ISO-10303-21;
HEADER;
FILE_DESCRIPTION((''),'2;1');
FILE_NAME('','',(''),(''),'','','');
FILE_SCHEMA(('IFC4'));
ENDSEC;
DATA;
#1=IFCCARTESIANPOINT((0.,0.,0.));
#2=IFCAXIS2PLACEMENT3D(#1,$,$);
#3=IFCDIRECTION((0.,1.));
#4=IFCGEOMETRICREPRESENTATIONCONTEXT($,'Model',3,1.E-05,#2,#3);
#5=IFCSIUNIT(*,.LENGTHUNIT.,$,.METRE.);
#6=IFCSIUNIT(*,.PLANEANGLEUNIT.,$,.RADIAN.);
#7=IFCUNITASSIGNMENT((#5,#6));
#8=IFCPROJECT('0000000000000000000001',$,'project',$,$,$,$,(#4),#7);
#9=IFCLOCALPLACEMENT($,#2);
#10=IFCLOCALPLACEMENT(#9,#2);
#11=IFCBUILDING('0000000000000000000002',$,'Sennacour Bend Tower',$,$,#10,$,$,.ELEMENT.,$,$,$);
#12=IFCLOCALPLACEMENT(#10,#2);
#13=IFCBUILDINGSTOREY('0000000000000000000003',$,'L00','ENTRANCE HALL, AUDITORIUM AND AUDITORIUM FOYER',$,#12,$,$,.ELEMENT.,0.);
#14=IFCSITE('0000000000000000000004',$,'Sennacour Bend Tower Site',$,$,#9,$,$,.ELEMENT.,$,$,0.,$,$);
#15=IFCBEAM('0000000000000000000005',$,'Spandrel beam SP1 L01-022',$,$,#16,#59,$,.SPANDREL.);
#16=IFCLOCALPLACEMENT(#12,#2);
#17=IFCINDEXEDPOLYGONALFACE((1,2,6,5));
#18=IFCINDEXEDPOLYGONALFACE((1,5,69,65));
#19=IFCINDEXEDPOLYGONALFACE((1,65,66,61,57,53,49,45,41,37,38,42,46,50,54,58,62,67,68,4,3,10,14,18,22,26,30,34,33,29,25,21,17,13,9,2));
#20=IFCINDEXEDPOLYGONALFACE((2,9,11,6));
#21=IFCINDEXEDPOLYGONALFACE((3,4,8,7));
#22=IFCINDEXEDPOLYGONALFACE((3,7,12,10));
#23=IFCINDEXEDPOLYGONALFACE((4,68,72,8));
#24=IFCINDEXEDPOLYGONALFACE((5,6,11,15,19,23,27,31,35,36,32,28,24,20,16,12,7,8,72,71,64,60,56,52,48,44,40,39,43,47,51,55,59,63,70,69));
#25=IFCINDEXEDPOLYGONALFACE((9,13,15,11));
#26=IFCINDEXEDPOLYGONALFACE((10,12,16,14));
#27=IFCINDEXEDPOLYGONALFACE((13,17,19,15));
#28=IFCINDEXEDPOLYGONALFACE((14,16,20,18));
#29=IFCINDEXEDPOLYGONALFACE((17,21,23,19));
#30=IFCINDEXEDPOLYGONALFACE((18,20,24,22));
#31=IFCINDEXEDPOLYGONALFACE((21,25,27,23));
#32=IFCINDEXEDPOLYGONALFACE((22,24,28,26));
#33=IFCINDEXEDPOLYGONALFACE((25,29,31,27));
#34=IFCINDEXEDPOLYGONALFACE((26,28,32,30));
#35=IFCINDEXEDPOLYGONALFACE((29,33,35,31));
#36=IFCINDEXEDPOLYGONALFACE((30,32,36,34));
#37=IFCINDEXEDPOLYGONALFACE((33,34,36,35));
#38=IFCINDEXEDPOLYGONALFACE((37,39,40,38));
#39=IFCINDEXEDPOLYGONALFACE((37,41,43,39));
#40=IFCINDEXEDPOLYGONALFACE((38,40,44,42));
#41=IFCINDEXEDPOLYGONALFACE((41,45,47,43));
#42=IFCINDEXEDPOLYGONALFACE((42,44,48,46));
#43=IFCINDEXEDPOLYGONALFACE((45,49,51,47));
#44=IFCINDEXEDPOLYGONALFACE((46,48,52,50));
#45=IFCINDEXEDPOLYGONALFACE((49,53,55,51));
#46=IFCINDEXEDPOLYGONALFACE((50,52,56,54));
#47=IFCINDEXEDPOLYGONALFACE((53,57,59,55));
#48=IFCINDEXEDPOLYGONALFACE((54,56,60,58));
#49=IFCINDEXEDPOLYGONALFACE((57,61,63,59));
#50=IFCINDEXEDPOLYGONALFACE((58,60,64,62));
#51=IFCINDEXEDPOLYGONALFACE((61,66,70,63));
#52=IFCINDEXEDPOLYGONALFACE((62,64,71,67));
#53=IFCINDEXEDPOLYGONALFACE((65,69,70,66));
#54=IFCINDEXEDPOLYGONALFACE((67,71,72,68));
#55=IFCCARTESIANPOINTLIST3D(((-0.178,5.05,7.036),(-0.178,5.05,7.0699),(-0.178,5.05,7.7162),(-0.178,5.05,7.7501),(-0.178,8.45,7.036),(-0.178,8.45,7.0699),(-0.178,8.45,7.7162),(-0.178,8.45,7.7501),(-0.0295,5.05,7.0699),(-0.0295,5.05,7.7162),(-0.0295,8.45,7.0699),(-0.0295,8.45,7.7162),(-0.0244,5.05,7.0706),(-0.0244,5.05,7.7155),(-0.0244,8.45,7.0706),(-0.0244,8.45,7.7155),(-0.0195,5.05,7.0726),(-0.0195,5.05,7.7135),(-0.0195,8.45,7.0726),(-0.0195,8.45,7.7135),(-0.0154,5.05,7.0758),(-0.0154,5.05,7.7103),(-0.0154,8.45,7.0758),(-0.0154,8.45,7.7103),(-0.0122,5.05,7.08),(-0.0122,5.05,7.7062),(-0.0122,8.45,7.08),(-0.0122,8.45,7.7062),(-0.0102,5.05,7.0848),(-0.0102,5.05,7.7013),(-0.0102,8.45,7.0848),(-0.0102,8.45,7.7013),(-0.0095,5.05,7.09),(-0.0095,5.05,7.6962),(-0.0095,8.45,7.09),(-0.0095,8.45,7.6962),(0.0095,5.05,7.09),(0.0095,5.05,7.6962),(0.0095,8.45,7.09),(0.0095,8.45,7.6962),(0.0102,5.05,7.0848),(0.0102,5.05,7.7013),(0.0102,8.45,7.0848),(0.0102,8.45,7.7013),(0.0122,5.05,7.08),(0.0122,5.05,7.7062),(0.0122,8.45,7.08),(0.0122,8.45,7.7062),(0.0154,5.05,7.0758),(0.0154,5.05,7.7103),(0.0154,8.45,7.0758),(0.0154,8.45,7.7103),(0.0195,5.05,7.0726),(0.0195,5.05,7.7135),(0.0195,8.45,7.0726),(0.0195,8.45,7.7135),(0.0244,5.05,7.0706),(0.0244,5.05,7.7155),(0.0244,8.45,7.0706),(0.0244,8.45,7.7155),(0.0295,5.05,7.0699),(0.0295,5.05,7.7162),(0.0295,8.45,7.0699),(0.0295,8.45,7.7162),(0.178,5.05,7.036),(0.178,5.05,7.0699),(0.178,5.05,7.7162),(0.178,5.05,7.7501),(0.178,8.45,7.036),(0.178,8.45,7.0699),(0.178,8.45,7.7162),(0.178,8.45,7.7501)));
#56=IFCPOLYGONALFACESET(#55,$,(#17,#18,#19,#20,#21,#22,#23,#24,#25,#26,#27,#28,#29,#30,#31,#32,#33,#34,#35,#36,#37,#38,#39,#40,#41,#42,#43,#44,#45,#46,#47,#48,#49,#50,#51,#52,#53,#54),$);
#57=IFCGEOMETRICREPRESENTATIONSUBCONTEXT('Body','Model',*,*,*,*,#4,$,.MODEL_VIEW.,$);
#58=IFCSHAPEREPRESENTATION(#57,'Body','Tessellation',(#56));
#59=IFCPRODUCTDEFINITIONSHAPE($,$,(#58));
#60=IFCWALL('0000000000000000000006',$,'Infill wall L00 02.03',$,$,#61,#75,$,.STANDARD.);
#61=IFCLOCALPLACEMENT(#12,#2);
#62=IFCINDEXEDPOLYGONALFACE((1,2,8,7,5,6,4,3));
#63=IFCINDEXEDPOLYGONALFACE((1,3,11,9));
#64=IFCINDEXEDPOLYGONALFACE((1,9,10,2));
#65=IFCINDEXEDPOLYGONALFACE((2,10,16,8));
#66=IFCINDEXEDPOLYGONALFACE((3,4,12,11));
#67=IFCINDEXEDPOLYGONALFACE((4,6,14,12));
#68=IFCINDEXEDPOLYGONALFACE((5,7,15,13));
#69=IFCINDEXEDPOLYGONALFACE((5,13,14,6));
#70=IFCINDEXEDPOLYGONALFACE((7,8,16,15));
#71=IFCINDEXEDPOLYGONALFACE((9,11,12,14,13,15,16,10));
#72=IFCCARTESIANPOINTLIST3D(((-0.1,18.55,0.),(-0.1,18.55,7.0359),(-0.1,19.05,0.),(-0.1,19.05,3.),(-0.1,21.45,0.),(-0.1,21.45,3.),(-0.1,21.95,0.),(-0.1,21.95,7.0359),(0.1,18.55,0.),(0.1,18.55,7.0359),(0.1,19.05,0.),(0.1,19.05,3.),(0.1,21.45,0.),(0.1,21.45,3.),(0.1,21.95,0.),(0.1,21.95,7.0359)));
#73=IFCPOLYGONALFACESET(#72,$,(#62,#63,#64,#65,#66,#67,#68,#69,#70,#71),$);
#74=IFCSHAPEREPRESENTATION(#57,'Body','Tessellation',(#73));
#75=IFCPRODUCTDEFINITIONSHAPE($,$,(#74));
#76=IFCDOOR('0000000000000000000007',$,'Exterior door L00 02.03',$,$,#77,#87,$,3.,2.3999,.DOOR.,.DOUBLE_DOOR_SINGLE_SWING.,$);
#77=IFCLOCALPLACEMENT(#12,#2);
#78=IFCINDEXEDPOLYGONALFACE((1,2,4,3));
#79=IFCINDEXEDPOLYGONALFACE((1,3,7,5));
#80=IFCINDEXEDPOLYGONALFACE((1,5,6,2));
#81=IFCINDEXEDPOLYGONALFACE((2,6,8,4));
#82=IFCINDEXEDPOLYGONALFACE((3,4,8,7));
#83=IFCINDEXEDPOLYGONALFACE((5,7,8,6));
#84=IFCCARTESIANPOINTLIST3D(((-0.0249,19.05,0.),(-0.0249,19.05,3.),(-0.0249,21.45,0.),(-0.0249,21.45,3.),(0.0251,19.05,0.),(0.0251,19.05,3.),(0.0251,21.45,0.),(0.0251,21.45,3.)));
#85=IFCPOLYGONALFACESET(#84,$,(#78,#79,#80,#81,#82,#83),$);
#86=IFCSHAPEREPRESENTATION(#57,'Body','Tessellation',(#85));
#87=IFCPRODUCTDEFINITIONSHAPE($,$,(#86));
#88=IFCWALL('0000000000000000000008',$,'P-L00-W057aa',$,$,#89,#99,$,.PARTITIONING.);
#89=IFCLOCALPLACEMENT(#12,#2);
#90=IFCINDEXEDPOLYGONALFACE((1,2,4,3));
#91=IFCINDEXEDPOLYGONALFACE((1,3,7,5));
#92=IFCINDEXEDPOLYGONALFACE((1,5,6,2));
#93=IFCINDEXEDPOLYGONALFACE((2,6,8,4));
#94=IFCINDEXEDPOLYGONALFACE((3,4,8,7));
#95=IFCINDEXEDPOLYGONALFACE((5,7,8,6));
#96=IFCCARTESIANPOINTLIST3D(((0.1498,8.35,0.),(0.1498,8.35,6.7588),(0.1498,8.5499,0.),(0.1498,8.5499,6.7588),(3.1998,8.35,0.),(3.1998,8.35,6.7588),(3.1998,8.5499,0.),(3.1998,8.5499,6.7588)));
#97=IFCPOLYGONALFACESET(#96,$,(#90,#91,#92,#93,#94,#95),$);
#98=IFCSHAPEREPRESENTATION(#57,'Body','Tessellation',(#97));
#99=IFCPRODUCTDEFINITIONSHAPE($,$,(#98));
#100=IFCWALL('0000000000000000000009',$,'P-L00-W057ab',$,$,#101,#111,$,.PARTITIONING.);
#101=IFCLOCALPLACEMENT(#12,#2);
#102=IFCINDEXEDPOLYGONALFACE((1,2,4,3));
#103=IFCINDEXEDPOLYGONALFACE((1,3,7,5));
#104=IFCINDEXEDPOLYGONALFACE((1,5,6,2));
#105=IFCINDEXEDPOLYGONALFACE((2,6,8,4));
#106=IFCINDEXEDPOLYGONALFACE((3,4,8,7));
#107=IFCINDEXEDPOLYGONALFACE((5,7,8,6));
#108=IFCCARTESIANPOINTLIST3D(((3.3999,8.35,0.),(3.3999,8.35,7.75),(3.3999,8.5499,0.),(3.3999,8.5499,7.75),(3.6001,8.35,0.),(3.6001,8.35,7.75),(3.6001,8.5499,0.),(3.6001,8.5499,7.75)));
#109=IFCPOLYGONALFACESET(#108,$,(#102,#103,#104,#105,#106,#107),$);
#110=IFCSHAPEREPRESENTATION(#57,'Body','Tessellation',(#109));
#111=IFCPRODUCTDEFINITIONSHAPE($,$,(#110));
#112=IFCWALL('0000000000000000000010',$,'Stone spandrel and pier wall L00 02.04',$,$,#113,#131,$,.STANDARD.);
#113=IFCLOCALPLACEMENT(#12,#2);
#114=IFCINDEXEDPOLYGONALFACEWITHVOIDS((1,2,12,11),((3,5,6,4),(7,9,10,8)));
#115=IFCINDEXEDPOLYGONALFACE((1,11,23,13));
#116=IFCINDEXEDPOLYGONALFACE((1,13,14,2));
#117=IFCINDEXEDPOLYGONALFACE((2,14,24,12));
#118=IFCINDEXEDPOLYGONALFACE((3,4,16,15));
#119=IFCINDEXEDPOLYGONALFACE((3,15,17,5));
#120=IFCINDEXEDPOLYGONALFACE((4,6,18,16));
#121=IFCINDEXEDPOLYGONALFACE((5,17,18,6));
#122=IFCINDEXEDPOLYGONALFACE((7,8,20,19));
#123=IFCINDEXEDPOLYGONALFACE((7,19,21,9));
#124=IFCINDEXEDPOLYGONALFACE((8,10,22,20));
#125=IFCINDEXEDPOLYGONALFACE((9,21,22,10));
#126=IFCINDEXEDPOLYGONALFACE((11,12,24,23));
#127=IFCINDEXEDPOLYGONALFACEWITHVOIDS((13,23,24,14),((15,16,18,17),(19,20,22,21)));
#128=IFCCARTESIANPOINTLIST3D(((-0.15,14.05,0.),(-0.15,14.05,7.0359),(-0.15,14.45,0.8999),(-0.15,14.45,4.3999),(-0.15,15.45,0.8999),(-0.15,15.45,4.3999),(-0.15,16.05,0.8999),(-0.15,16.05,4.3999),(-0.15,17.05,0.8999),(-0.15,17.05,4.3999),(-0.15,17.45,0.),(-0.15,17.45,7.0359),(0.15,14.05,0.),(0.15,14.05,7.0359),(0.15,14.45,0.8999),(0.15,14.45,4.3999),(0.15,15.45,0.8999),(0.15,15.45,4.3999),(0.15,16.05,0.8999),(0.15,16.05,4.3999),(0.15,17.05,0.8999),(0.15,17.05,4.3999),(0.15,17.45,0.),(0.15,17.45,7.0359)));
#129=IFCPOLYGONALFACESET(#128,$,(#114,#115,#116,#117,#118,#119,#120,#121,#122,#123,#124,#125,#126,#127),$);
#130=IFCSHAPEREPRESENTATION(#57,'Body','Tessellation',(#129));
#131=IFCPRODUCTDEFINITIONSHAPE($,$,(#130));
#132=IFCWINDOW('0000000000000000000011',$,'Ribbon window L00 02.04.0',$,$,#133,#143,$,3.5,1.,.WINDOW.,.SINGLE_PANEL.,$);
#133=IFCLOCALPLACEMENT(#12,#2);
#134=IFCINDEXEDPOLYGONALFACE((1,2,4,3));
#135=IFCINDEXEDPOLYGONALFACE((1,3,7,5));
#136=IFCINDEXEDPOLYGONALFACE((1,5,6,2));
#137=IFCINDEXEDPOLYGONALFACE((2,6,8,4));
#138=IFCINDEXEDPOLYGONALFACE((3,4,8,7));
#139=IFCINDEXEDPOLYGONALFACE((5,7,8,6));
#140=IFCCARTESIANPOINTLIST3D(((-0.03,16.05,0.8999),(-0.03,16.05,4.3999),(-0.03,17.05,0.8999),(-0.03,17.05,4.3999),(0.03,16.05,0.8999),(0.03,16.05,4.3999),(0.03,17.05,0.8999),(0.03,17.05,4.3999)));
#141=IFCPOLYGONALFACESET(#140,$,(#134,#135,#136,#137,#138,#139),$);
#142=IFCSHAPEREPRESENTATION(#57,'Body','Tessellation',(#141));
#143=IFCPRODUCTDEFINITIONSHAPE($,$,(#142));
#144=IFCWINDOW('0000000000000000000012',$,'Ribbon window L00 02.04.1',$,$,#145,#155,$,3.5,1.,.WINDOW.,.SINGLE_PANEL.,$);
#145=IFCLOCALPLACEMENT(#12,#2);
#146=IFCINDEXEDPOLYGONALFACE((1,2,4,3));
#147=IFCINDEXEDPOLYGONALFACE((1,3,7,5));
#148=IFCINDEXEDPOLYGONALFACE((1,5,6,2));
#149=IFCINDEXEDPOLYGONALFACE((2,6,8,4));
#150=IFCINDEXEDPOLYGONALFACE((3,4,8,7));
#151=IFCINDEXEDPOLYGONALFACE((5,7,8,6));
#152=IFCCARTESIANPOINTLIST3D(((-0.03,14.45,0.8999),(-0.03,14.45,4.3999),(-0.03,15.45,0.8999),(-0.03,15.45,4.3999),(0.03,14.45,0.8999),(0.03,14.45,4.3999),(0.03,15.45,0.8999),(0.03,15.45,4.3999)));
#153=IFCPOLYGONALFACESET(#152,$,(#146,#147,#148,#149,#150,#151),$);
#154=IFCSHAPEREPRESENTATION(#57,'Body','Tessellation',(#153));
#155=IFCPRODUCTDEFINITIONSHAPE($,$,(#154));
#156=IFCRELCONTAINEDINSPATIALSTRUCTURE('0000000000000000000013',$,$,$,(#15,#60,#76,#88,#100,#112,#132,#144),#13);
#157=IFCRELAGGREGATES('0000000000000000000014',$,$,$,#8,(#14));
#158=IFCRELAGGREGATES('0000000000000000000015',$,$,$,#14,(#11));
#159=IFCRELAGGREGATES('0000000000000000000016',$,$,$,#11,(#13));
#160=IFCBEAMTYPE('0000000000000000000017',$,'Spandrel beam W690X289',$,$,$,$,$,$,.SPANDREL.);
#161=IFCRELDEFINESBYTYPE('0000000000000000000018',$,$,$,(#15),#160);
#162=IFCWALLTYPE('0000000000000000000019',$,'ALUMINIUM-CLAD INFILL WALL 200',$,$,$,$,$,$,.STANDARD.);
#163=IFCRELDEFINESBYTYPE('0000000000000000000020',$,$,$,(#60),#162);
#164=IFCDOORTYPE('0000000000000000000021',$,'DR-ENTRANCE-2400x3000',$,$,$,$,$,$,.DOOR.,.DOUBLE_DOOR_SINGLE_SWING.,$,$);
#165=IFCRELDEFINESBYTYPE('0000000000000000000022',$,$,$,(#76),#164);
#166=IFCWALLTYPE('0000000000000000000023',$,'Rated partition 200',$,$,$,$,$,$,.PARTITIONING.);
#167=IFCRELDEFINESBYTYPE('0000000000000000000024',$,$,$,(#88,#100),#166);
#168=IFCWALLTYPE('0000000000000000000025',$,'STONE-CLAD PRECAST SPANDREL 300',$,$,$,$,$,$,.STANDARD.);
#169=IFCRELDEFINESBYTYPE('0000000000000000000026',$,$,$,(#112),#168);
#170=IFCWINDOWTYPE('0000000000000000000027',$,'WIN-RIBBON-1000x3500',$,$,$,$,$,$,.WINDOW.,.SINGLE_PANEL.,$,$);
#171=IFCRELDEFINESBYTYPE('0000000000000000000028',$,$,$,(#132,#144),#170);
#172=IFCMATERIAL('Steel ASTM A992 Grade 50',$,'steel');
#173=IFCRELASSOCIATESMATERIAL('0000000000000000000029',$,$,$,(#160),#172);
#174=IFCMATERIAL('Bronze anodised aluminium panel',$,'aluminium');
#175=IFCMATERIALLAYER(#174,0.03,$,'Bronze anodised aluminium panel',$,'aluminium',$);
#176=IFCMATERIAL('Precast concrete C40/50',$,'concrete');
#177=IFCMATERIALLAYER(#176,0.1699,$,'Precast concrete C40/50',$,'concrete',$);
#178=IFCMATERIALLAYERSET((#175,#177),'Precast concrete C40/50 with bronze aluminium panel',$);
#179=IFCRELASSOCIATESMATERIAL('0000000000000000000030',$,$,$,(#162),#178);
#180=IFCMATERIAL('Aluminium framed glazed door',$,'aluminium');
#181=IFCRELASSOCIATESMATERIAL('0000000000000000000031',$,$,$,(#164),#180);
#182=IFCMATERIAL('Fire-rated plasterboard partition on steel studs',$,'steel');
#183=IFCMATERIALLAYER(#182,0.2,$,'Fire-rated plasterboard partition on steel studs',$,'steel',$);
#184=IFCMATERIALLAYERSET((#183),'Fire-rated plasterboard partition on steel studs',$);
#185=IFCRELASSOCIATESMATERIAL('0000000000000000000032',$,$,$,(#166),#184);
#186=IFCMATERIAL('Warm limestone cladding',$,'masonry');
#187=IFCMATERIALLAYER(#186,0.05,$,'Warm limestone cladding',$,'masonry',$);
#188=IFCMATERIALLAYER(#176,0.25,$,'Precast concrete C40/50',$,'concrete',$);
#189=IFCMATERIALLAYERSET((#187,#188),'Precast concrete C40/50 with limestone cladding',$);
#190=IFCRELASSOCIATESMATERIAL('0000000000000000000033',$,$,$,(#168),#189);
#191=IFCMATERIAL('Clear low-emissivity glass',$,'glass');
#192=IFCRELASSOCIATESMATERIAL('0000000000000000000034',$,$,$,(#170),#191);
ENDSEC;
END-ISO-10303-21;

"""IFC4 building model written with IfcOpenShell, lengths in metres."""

from ifc_helpers import new_model, si_unit, direction, frame, frame_2d, origin, origin_2d, place, context, subcontext, project, spatial, rectangle, i_section, extrude, material, layer, layer_set, material_profile, profile_set, type_object, element, fill, save


model = new_model("IFC4")

# Units and contexts
model_context = context("Model", 3, precision=1e-05, world=origin(), true_north=direction((0.0, 1.0)))
body_context = subcontext(model_context, "Body", "Model", "MODEL_VIEW")
ifc_project = project(units=[si_unit("LENGTHUNIT", "METRE"), si_unit("PLANEANGLEUNIT", "RADIAN")], contexts=[model_context])

# Site, building, storey
site_placement = place(None, origin())
site = spatial("IfcSite", under=ifc_project, at=site_placement, Name="Sennacour Bend Tower Site", CompositionType="ELEMENT", RefElevation=0.0)
building_placement = place(site_placement, origin())
building = spatial("IfcBuilding", under=site, at=building_placement, Name="Sennacour Bend Tower", CompositionType="ELEMENT")
storey_placement = place(building_placement, origin())
storey = spatial("IfcBuildingStorey", under=building, at=storey_placement, Name="L00", Description="ENTRANCE HALL, AUDITORIUM AND AUDITORIUM FOYER", CompositionType="ELEMENT", Elevation=0.0)

# Beam
ifc_material_1 = material(Name="Steel ASTM A992 Grade 50", Category="steel")
ifc_material_profile_1 = material_profile(ifc_material_1, i_section(OverallWidth=0.356, OverallDepth=0.7141, WebThickness=0.019, FlangeThickness=0.0339, FilletRadius=0.02, at=origin_2d()), Name="Steel ASTM A992 Grade 50", Category="steel")
ifc_profile_set_1 = profile_set([ifc_material_profile_1], Name="Steel ASTM A992 Grade 50")
beam_type_1 = type_object("IfcBeamType", Name="Spandrel beam W690X289", PredefinedType="SPANDREL", material=ifc_profile_set_1)
for number, where, z_axis, x_axis, name in (
    (1, (0.0, 8.45, 7.3931), (0.0, -1.0, 0.0), (1.0, 0.0, 0.0), "Spandrel beam SP1 L01-022"),
):
    element("IfcBeam", number, at=place(storey_placement, frame(where, z_axis=z_axis, x_axis=x_axis)), inside=storey, type_object=beam_type_1, Name=name, PredefinedType="SPANDREL", context=body_context, shape_type="SweptSolid", body=[
        extrude(i_section(OverallWidth=0.356, OverallDepth=0.7141, WebThickness=0.019, FlangeThickness=0.0339, FilletRadius=0.02, at=origin_2d()), origin(), (0.0, 0.0, 1.0), 3.3999),
    ])

# Wall, opening, door
ifc_material_2 = material(Name="Bronze anodised aluminium panel", Category="aluminium")
ifc_layer_1 = layer(ifc_material_2, 0.03, Name="Bronze anodised aluminium panel", Category="aluminium")
ifc_material_3 = material(Name="Precast concrete C40/50", Category="concrete")
ifc_layer_2 = layer(ifc_material_3, 0.1699, Name="Precast concrete C40/50", Category="concrete")
ifc_layer_set_1 = layer_set([ifc_layer_1, ifc_layer_2], Name="Precast concrete C40/50 with bronze aluminium panel")
wall_type_1 = type_object("IfcWallType", Name="ALUMINIUM-CLAD INFILL WALL 200", PredefinedType="STANDARD", material=ifc_layer_set_1)
wall_1_placement = place(storey_placement, frame((0.0, 18.55, 0.0), z_axis=(0.0, 0.0, 1.0), x_axis=(0.0, 1.0, 0.0)))
wall_1 = element("IfcWall", 2, at=wall_1_placement, inside=storey, type_object=wall_type_1, Name="Infill wall L00 02.03", PredefinedType="STANDARD", context=body_context, shape_type="SweptSolid", body=[
    extrude(rectangle(XDim=3.3999, YDim=0.2, at=frame_2d((1.7, 0.0))), origin(), (0.0, 0.0, 1.0), 7.0359),
])
opening_1_placement = place(wall_1_placement, frame((0.5, 0.0, 0.0)))
opening_1 = element("IfcOpeningElement", 3, at=opening_1_placement, cuts=wall_1, PredefinedType="OPENING", context=body_context, shape_type="SweptSolid", body=[
    extrude(rectangle(XDim=2.3999, YDim=3.0, at=frame_2d((1.2, 1.5))), frame((0.0, 0.1099, 0.0), z_axis=(0.0, -1.0, 0.0), x_axis=(1.0, 0.0, 0.0)), (0.0, 0.0, 1.0), 0.22),
])
ifc_material_4 = material(Name="Aluminium framed glazed door", Category="aluminium")
door_type_1 = type_object("IfcDoorType", Name="DR-ENTRANCE-2400x3000", OperationType="DOUBLE_DOOR_SINGLE_SWING", PredefinedType="DOOR", material=ifc_material_4)
door_1_placement = place(opening_1_placement, origin())
door_1 = element("IfcDoor", 4, at=door_1_placement, inside=storey, type_object=door_type_1, Name="Exterior door L00 02.03", OperationType="DOUBLE_DOOR_SINGLE_SWING", OverallHeight=3.0, OverallWidth=2.3999, PredefinedType="DOOR", context=body_context, shape_type="SweptSolid", body=[
    extrude(rectangle(XDim=2.3999, YDim=3.0, at=frame_2d((1.2, 1.5))), frame((0.0, 0.0249, 0.0), z_axis=(0.0, -1.0, 0.0), x_axis=(1.0, 0.0, 0.0)), (0.0, 0.0, 1.0), 0.05),
])
fill(opening_1, door_1)

# Walls
ifc_material_5 = material(Name="Fire-rated plasterboard partition on steel studs", Category="steel")
ifc_layer_3 = layer(ifc_material_5, 0.2, Name="Fire-rated plasterboard partition on steel studs", Category="steel")
ifc_layer_set_2 = layer_set([ifc_layer_3], Name="Fire-rated plasterboard partition on steel studs")
wall_type_2 = type_object("IfcWallType", Name="Rated partition 200", PredefinedType="PARTITIONING", material=ifc_layer_set_2)
wall_2_placement = place(storey_placement, frame((0.1499, 8.45, 0.0), z_axis=(0.0, 0.0, 1.0), x_axis=(1.0, 0.0, 0.0)))
element("IfcWall", 5, at=wall_2_placement, inside=storey, type_object=wall_type_2, Name="P-L00-W057aa", PredefinedType="PARTITIONING", context=body_context, shape_type="SweptSolid", body=[
    extrude(rectangle(XDim=3.05, YDim=0.2, at=frame_2d((1.5249, 0.0))), origin(), (0.0, 0.0, 1.0), 6.7588),
])
wall_3_placement = place(storey_placement, frame((3.3999, 8.45, 0.0), z_axis=(0.0, 0.0, 1.0), x_axis=(1.0, 0.0, 0.0)))
element("IfcWall", 6, at=wall_3_placement, inside=storey, type_object=wall_type_2, Name="P-L00-W057ab", PredefinedType="PARTITIONING", context=body_context, shape_type="SweptSolid", body=[
    extrude(rectangle(XDim=0.2002, YDim=0.2, at=frame_2d((0.1001, 0.0))), origin(), (0.0, 0.0, 1.0), 7.75),
])

# Wall, openings, windows
ifc_material_6 = material(Name="Warm limestone cladding", Category="masonry")
ifc_layer_4 = layer(ifc_material_6, 0.05, Name="Warm limestone cladding", Category="masonry")
ifc_layer_5 = layer(ifc_material_3, 0.25, Name="Precast concrete C40/50", Category="concrete")
ifc_layer_set_3 = layer_set([ifc_layer_4, ifc_layer_5], Name="Precast concrete C40/50 with limestone cladding")
wall_type_3 = type_object("IfcWallType", Name="STONE-CLAD PRECAST SPANDREL 300", PredefinedType="STANDARD", material=ifc_layer_set_3)
wall_4_placement = place(storey_placement, frame((0.0, 17.45, 0.0), z_axis=(0.0, 0.0, 1.0), x_axis=(0.0, -1.0, 0.0)))
wall_4 = element("IfcWall", 7, at=wall_4_placement, inside=storey, type_object=wall_type_3, Name="Stone spandrel and pier wall L00 02.04", PredefinedType="STANDARD", context=body_context, shape_type="SweptSolid", body=[
    extrude(rectangle(XDim=3.3999, YDim=0.3, at=frame_2d((1.7, 0.0))), origin(), (0.0, 0.0, 1.0), 7.0359),
])
opening_2_placement = place(wall_4_placement, frame((0.3999, 0.0, 0.8999)))
opening_2 = element("IfcOpeningElement", 8, at=opening_2_placement, cuts=wall_4, PredefinedType="OPENING", context=body_context, shape_type="SweptSolid", body=[
    extrude(rectangle(XDim=1.0, YDim=3.5, at=frame_2d((0.5, 1.75))), frame((0.0, 0.1602, 0.0), z_axis=(0.0, -1.0, 0.0), x_axis=(1.0, 0.0, 0.0)), (0.0, 0.0, 1.0), 0.3201),
])
opening_3_placement = place(wall_4_placement, frame((2.0, 0.0, 0.8999)))
opening_3 = element("IfcOpeningElement", 9, at=opening_3_placement, cuts=wall_4, PredefinedType="OPENING", context=body_context, shape_type="SweptSolid", body=[
    extrude(rectangle(XDim=1.0, YDim=3.5, at=frame_2d((0.5, 1.75))), frame((0.0, 0.1602, 0.0), z_axis=(0.0, -1.0, 0.0), x_axis=(1.0, 0.0, 0.0)), (0.0, 0.0, 1.0), 0.3201),
])
ifc_material_7 = material(Name="Clear low-emissivity glass", Category="glass")
window_type = type_object("IfcWindowType", Name="WIN-RIBBON-1000x3500", PartitioningType="SINGLE_PANEL", PredefinedType="WINDOW", material=ifc_material_7)
window_1_placement = place(opening_2_placement, origin())
window_1 = element("IfcWindow", 10, at=window_1_placement, inside=storey, type_object=window_type, Name="Ribbon window L00 02.04.0", OverallHeight=3.5, OverallWidth=1.0, PartitioningType="SINGLE_PANEL", PredefinedType="WINDOW", context=body_context, shape_type="SweptSolid", body=[
    extrude(rectangle(XDim=1.0, YDim=3.5, at=frame_2d((0.5, 1.75))), frame((0.0, 0.03, 0.0), z_axis=(0.0, -1.0, 0.0), x_axis=(1.0, 0.0, 0.0)), (0.0, 0.0, 1.0), 0.0601),
])
fill(opening_2, window_1)
window_2_placement = place(opening_3_placement, origin())
window_2 = element("IfcWindow", 11, at=window_2_placement, inside=storey, type_object=window_type, Name="Ribbon window L00 02.04.1", OverallHeight=3.5, OverallWidth=1.0, PartitioningType="SINGLE_PANEL", PredefinedType="WINDOW", context=body_context, shape_type="SweptSolid", body=[
    extrude(rectangle(XDim=1.0, YDim=3.5, at=frame_2d((0.5, 1.75))), frame((0.0, 0.03, 0.0), z_axis=(0.0, -1.0, 0.0), x_axis=(1.0, 0.0, 0.0)), (0.0, 0.0, 1.0), 0.0601),
])
fill(opening_3, window_2)

save(model, "model.ifc")
